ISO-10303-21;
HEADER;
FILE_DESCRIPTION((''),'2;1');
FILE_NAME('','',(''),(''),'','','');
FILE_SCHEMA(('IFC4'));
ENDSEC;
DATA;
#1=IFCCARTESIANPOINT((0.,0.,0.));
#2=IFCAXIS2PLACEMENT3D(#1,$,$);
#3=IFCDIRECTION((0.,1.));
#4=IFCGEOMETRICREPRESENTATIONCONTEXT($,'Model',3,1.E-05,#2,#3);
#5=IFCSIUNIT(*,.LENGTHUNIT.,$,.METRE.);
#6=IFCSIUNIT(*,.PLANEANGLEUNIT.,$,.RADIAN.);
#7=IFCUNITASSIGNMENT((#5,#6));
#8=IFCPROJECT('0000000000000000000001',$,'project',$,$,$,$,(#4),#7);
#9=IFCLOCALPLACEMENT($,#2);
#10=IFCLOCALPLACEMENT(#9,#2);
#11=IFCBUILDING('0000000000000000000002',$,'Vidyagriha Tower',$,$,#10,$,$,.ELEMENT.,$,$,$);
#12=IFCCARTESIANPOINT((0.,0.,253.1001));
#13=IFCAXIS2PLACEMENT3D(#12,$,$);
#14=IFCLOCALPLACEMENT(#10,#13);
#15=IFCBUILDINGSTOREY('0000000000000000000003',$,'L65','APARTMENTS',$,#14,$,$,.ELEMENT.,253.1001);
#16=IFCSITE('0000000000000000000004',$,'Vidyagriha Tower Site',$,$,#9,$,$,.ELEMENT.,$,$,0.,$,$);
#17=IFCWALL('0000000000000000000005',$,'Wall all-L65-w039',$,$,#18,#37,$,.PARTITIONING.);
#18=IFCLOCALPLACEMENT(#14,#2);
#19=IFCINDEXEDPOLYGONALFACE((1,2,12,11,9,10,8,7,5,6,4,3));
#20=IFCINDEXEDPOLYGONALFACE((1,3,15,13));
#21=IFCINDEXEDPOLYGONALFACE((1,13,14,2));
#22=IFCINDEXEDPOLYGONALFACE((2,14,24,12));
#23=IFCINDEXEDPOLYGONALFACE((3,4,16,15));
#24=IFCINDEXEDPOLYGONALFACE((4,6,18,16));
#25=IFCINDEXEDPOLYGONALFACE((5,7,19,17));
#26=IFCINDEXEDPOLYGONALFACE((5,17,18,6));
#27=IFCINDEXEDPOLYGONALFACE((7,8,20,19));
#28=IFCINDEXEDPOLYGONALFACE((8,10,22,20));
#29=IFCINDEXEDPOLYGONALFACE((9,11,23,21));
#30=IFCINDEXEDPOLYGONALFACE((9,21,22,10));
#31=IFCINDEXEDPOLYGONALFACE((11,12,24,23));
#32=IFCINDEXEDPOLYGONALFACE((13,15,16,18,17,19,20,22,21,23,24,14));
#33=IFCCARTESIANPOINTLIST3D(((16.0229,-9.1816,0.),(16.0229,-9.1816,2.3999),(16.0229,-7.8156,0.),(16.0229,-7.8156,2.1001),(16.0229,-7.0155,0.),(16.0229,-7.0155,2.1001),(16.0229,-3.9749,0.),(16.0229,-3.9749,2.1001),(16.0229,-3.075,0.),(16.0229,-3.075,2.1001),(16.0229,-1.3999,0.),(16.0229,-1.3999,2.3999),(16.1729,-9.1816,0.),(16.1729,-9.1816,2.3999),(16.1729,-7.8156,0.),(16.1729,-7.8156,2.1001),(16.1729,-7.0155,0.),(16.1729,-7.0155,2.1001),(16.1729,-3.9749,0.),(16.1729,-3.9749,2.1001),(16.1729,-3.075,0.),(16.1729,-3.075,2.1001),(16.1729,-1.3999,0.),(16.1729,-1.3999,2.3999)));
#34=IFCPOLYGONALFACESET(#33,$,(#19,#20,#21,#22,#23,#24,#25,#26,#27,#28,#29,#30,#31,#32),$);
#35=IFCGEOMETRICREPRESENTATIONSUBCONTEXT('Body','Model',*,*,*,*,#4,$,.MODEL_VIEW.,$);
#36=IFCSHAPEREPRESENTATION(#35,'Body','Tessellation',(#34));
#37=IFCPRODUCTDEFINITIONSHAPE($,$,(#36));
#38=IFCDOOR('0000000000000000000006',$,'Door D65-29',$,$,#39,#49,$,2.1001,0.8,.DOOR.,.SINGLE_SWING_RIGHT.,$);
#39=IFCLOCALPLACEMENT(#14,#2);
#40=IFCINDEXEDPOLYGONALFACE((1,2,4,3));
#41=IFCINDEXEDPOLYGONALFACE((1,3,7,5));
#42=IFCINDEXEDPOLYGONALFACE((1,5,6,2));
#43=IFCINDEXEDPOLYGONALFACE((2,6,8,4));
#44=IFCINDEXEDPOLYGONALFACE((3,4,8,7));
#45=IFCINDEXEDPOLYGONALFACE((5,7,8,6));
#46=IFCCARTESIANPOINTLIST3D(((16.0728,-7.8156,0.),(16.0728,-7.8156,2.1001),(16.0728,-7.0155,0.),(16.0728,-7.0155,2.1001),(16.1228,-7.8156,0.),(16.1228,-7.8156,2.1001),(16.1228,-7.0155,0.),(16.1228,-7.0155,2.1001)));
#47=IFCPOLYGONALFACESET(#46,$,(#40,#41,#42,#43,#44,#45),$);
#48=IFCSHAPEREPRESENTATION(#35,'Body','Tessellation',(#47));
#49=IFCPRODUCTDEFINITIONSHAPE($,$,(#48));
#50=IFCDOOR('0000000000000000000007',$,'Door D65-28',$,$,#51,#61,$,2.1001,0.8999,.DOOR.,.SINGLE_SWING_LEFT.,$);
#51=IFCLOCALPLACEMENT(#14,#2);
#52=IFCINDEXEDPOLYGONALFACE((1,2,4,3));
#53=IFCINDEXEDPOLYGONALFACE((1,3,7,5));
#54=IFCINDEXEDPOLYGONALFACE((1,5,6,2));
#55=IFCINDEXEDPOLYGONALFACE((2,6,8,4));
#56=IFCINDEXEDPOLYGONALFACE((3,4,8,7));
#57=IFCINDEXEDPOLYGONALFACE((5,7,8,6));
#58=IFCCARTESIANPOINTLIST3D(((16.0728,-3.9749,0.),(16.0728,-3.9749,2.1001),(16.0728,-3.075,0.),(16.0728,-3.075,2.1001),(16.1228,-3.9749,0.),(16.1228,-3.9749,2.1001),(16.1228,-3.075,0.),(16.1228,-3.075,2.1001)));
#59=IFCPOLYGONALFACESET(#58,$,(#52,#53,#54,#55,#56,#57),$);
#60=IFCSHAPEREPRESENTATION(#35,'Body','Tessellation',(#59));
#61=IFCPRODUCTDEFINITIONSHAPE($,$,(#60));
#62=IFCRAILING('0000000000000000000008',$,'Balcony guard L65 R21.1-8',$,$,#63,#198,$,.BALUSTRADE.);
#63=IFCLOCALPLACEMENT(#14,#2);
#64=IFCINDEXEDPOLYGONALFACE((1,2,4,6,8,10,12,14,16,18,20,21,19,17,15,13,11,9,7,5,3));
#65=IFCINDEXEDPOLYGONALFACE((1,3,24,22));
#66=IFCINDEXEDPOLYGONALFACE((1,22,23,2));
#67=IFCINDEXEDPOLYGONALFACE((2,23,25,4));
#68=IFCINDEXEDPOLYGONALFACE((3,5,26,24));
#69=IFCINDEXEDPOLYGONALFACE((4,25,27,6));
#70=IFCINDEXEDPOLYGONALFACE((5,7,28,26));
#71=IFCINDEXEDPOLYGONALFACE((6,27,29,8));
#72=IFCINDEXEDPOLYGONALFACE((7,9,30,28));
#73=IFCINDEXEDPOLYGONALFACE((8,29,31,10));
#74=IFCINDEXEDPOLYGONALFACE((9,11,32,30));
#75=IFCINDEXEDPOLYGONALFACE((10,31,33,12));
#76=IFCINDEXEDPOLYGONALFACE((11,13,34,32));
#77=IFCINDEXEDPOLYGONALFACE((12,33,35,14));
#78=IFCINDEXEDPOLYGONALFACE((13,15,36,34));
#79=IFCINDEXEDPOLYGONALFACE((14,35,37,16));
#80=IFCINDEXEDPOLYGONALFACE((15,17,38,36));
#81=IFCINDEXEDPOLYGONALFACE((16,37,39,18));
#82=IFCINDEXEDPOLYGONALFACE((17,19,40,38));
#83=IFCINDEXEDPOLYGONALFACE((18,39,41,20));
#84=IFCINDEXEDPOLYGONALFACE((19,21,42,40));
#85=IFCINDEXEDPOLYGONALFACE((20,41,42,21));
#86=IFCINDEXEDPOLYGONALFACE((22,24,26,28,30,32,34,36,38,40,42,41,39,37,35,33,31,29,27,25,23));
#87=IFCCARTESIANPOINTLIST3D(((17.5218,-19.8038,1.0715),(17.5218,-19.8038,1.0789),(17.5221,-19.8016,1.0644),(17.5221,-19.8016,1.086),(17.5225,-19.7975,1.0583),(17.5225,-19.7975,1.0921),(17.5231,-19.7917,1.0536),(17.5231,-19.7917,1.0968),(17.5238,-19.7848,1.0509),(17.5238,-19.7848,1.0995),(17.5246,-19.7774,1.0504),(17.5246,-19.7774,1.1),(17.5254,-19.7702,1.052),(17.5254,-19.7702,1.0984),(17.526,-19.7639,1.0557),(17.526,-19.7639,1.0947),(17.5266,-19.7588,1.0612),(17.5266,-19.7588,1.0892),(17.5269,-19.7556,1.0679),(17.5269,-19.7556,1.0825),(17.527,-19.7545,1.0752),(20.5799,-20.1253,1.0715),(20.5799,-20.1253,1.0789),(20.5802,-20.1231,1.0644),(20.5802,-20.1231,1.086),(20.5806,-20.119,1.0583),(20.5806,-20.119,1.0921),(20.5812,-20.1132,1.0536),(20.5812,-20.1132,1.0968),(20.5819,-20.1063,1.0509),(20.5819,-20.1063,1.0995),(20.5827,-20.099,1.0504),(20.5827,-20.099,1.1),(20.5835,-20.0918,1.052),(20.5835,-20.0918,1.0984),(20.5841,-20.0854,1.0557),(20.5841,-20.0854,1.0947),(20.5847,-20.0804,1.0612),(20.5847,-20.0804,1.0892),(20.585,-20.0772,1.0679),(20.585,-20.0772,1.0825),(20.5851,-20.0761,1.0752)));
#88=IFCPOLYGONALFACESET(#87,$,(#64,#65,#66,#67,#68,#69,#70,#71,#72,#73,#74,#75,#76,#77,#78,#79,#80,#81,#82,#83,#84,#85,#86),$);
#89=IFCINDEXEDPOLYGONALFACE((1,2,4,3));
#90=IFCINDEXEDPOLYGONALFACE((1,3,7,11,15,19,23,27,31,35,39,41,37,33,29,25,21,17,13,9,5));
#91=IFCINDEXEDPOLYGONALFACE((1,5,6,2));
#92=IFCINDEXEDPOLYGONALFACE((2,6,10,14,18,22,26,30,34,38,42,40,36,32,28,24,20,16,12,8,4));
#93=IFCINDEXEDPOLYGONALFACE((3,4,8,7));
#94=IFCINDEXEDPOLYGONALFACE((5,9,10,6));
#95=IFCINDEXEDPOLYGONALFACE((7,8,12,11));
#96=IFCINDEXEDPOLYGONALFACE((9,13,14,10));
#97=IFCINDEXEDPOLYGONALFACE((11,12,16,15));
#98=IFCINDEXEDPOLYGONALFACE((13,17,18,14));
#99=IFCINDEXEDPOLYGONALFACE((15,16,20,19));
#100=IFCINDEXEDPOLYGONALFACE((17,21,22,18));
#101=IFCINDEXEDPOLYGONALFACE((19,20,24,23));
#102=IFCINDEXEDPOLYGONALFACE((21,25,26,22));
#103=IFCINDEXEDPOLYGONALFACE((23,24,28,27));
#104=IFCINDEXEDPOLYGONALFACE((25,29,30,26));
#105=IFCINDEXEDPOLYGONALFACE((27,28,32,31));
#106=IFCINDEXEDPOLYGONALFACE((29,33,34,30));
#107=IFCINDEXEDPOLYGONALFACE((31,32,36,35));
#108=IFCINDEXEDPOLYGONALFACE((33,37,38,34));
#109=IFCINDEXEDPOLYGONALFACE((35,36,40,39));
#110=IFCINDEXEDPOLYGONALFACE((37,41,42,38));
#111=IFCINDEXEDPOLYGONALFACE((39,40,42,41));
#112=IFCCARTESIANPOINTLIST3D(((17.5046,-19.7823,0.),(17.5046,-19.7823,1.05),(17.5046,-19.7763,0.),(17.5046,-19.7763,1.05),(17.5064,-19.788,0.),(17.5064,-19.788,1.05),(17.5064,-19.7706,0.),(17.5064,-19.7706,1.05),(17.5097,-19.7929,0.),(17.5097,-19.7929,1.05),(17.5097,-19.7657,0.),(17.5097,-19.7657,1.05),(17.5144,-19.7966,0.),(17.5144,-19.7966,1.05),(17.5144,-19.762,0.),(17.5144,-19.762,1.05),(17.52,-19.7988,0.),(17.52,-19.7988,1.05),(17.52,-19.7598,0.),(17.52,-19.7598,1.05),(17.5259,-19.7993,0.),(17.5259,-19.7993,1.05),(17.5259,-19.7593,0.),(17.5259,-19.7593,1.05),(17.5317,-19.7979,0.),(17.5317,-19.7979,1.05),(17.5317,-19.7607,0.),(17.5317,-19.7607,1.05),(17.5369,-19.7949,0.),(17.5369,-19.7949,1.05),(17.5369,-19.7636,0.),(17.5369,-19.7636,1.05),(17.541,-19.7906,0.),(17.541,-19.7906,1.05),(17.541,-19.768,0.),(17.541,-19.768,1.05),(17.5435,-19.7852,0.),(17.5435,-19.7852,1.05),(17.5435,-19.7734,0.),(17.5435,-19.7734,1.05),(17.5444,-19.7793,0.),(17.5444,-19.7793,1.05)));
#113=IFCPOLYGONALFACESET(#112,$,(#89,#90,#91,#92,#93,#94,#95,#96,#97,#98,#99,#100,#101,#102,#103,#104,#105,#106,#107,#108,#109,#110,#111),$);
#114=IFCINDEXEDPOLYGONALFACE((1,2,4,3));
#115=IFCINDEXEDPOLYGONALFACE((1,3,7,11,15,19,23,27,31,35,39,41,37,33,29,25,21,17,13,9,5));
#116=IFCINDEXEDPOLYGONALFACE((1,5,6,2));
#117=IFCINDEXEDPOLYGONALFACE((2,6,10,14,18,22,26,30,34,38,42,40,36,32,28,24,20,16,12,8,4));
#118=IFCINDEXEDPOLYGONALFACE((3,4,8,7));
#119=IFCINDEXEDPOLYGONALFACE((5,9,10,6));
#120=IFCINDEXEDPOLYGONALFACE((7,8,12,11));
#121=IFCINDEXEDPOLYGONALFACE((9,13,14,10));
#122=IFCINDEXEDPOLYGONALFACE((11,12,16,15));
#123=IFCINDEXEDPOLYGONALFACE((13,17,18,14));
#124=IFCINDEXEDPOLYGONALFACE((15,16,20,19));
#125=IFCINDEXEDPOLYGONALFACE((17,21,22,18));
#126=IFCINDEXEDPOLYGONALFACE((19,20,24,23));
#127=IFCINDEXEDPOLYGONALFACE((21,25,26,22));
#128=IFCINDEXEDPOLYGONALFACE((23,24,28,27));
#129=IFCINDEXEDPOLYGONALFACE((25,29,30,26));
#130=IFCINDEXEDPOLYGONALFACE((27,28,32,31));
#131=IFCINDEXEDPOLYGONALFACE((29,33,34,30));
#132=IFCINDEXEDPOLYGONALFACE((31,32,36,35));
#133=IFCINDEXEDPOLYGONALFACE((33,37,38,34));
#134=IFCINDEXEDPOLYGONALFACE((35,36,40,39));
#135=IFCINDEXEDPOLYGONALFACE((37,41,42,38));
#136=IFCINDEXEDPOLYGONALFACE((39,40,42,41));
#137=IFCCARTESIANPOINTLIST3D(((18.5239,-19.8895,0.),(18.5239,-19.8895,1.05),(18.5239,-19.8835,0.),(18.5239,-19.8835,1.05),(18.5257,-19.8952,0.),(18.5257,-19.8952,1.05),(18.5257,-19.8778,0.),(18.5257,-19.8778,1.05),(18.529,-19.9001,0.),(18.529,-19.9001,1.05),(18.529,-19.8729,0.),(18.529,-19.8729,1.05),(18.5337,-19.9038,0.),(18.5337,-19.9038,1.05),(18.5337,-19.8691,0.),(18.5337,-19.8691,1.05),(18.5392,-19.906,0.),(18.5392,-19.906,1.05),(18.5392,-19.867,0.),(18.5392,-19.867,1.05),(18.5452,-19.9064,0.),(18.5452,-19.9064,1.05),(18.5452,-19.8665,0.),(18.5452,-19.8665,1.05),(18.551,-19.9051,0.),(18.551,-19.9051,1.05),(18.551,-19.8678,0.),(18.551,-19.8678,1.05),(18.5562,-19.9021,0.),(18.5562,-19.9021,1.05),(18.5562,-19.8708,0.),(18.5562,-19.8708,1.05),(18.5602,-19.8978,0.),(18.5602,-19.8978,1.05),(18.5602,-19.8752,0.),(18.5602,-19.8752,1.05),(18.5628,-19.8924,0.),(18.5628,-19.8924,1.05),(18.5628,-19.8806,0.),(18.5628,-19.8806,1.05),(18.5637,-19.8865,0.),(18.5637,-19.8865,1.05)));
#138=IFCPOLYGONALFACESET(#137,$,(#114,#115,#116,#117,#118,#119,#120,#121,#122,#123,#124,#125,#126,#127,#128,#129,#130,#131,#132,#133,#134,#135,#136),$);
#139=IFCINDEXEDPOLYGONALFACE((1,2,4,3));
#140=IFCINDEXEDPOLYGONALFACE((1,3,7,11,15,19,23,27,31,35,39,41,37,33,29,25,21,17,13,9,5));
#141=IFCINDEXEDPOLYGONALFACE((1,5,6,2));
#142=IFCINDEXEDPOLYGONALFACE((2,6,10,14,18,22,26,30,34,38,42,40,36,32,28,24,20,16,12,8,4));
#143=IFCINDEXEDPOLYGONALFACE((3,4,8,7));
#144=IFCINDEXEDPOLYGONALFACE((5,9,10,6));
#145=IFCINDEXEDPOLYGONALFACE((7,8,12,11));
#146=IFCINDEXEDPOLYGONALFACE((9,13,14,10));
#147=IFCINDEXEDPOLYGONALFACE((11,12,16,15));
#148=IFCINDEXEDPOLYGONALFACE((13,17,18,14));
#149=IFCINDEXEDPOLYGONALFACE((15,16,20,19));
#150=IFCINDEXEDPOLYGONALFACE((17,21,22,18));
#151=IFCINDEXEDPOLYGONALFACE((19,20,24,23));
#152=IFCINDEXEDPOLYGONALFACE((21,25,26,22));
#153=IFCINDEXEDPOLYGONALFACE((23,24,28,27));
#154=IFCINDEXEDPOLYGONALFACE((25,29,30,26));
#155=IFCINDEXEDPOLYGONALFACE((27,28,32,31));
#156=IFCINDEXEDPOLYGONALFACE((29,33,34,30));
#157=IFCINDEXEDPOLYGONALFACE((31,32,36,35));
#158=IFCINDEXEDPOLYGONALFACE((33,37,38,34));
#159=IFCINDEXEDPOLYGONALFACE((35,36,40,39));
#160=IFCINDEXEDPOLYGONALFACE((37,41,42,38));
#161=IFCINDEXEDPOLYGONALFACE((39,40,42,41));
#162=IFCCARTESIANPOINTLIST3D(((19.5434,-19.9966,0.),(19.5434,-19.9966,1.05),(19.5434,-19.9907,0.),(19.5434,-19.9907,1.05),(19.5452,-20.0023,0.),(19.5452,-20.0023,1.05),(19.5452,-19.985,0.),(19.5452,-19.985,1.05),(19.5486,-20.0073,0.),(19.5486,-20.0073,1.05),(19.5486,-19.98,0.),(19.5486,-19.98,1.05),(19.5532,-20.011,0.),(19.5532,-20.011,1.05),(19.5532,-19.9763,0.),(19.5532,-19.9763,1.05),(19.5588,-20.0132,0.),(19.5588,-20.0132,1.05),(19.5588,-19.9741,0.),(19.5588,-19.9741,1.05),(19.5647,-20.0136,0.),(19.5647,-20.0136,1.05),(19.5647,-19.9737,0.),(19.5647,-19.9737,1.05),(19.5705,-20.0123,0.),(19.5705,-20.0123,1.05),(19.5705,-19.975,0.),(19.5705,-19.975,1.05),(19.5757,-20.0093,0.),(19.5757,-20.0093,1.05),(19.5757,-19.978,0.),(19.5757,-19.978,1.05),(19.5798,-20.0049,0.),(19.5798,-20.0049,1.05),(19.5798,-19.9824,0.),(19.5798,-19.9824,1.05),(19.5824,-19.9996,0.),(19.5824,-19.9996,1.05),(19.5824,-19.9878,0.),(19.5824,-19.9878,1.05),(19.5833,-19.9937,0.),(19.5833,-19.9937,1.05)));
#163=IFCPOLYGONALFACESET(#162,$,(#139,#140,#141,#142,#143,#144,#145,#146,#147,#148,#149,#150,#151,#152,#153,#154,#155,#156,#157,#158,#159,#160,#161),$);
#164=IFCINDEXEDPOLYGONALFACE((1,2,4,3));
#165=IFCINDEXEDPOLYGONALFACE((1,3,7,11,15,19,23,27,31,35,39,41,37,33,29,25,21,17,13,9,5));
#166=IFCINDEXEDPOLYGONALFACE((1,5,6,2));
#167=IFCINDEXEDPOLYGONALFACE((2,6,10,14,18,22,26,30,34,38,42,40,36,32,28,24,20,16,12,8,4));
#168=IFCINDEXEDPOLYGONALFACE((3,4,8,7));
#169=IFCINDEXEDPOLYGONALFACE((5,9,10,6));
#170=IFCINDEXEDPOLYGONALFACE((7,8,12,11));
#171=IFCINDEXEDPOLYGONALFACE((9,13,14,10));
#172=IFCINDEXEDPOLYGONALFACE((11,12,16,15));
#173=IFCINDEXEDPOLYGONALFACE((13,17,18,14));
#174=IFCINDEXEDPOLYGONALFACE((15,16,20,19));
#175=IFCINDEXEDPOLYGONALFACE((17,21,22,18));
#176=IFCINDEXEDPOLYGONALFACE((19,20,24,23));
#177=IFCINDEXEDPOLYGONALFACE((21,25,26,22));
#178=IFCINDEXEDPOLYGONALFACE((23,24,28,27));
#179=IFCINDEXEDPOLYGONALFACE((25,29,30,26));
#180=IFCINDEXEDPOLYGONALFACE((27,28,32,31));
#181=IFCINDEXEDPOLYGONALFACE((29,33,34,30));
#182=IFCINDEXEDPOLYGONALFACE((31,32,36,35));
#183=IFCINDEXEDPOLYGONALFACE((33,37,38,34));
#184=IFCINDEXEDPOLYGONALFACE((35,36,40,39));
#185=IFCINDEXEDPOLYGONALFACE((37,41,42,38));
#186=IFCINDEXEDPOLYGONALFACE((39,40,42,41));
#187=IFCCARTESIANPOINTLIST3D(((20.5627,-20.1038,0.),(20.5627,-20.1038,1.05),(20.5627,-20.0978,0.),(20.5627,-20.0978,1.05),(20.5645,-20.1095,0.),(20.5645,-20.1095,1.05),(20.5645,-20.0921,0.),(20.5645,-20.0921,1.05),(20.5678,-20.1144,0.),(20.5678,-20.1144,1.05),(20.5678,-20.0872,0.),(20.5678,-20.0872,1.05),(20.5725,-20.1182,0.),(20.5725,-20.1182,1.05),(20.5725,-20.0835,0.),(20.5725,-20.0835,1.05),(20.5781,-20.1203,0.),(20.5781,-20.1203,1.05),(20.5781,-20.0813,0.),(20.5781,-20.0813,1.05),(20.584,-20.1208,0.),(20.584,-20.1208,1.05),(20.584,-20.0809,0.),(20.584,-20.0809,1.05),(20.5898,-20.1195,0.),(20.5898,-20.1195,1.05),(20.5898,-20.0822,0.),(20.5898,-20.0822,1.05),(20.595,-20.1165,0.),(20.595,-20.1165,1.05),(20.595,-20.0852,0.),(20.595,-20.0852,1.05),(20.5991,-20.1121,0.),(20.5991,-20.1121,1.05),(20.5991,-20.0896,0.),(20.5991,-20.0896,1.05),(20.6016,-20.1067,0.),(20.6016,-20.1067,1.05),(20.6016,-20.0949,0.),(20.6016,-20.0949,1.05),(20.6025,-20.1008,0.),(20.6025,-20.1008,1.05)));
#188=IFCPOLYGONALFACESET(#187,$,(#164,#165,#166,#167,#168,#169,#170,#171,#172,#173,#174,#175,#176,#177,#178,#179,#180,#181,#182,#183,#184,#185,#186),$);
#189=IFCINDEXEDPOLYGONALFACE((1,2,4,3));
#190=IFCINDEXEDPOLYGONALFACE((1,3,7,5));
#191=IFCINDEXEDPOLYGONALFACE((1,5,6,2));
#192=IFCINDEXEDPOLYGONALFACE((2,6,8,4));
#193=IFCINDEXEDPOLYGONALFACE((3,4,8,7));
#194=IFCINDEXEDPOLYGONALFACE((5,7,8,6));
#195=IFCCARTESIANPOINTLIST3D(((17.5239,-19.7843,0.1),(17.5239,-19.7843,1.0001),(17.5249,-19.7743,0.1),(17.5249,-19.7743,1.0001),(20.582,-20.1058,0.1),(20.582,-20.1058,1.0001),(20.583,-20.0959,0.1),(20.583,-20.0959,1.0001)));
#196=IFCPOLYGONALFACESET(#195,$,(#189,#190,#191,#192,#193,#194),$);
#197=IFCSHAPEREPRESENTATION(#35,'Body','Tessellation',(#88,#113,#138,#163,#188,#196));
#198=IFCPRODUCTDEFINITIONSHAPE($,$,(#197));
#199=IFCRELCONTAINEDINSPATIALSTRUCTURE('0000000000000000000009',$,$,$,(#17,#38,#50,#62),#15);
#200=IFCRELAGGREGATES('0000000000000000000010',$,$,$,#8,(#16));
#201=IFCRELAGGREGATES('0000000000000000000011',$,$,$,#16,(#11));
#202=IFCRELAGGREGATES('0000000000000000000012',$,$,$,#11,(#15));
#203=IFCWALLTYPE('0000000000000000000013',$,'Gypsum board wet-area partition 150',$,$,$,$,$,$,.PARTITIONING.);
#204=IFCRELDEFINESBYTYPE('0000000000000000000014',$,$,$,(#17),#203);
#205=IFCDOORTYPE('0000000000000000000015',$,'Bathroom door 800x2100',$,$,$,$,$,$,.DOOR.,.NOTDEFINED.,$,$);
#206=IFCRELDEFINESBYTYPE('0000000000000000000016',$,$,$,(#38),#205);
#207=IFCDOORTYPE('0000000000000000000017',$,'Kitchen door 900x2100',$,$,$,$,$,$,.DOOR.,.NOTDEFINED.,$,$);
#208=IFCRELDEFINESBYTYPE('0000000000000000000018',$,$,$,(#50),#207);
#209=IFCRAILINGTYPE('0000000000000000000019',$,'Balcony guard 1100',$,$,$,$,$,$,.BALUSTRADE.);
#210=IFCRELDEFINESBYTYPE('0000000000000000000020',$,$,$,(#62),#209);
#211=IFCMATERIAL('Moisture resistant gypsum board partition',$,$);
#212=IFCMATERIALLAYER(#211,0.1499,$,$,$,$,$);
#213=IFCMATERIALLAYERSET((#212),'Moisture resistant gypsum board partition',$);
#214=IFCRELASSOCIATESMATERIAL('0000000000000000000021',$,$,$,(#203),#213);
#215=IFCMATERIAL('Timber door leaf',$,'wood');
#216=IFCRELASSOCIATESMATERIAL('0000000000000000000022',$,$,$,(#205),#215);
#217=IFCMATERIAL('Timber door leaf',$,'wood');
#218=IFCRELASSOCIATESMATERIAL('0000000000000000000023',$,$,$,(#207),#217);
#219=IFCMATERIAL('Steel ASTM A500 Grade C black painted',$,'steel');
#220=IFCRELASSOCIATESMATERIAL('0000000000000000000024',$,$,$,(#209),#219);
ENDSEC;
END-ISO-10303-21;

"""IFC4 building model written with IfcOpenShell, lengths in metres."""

from ifc_helpers import new_model, si_unit, direction, frame, frame_2d, origin, origin_2d, place, context, subcontext, project, spatial, rectangle, circle, extrude, material, layer, layer_set, type_object, element, fill, save


model = new_model("IFC4")

# Units and contexts
model_context = context("Model", 3, precision=1e-05, world=origin(), true_north=direction((0.0, 1.0)))
body_context = subcontext(model_context, "Body", "Model", "MODEL_VIEW")
ifc_project = project(units=[si_unit("LENGTHUNIT", "METRE"), si_unit("PLANEANGLEUNIT", "RADIAN")], contexts=[model_context])

# Site, building, storey
site_placement = place(None, origin())
site = spatial("IfcSite", under=ifc_project, at=site_placement, Name="Vidyagriha Tower Site", CompositionType="ELEMENT", RefElevation=0.0)
building_placement = place(site_placement, origin())
building = spatial("IfcBuilding", under=site, at=building_placement, Name="Vidyagriha Tower", CompositionType="ELEMENT")
storey_placement = place(building_placement, frame((0.0, 0.0, 253.1001)))
storey = spatial("IfcBuildingStorey", under=building, at=storey_placement, Name="L65", Description="APARTMENTS", CompositionType="ELEMENT", Elevation=253.1001)

# Wall, openings, doors
ifc_material_1 = material(Name="Moisture resistant gypsum board partition")
ifc_layer_1 = layer(ifc_material_1, 0.1499)
ifc_layer_set_1 = layer_set([ifc_layer_1], Name="Moisture resistant gypsum board partition")
wall_type_1 = type_object("IfcWallType", Name="Gypsum board wet-area partition 150", PredefinedType="PARTITIONING", material=ifc_layer_set_1)
wall_1_placement = place(storey_placement, frame((16.0979, -1.3999, 0.0), z_axis=(0.0, 0.0, 1.0), x_axis=(0.0, -1.0, 0.0)))
wall_1 = element("IfcWall", 1, at=wall_1_placement, inside=storey, type_object=wall_type_1, Name="Wall all-L65-w039", PredefinedType="PARTITIONING", context=body_context, shape_type="SweptSolid", body=[
    extrude(rectangle(XDim=7.7817, YDim=0.1499, at=frame_2d((3.8909, 0.0))), origin(), (0.0, 0.0, 1.0), 2.3999),
])
opening_1_placement = place(wall_1_placement, frame((1.675, 0.0, 0.0)))
opening_1 = element("IfcOpeningElement", 2, at=opening_1_placement, cuts=wall_1, PredefinedType="OPENING", context=body_context, shape_type="SweptSolid", body=[
    extrude(rectangle(XDim=0.8999, YDim=2.1001, at=frame_2d((0.45, 1.05))), frame((0.0, 0.085, 0.0), z_axis=(0.0, -1.0, 0.0), x_axis=(1.0, 0.0, 0.0)), (0.0, 0.0, 1.0), 0.1699),
])
opening_2_placement = place(wall_1_placement, frame((5.6157, 0.0, 0.0)))
opening_2 = element("IfcOpeningElement", 3, at=opening_2_placement, cuts=wall_1, PredefinedType="OPENING", context=body_context, shape_type="SweptSolid", body=[
    extrude(rectangle(XDim=0.8, YDim=2.1001, at=frame_2d((0.3999, 1.05))), frame((0.0, 0.085, 0.0), z_axis=(0.0, -1.0, 0.0), x_axis=(1.0, 0.0, 0.0)), (0.0, 0.0, 1.0), 0.1699),
])
ifc_material_2 = material(Name="Timber door leaf", Category="wood")
door_type_1 = type_object("IfcDoorType", Name="Bathroom door 800x2100", OperationType="NOTDEFINED", PredefinedType="DOOR", material=ifc_material_2)
door_1_placement = place(opening_2_placement, origin())
door_1 = element("IfcDoor", 4, at=door_1_placement, inside=storey, type_object=door_type_1, Name="Door D65-29", OperationType="SINGLE_SWING_RIGHT", OverallHeight=2.1001, OverallWidth=0.8, PredefinedType="DOOR", context=body_context, shape_type="SweptSolid", body=[
    extrude(rectangle(XDim=0.8, YDim=2.1001, at=frame_2d((0.3999, 1.05))), frame((0.0, 0.0249, 0.0), z_axis=(0.0, -1.0, 0.0), x_axis=(1.0, 0.0, 0.0)), (0.0, 0.0, 1.0), 0.05),
])
fill(opening_2, door_1)
ifc_material_3 = material(Name="Timber door leaf", Category="wood")
door_type_2 = type_object("IfcDoorType", Name="Kitchen door 900x2100", OperationType="NOTDEFINED", PredefinedType="DOOR", material=ifc_material_3)
door_2_placement = place(opening_1_placement, origin())
door_2 = element("IfcDoor", 5, at=door_2_placement, inside=storey, type_object=door_type_2, Name="Door D65-28", OperationType="SINGLE_SWING_LEFT", OverallHeight=2.1001, OverallWidth=0.8999, PredefinedType="DOOR", context=body_context, shape_type="SweptSolid", body=[
    extrude(rectangle(XDim=0.8999, YDim=2.1001, at=frame_2d((0.45, 1.05))), frame((0.0, 0.0249, 0.0), z_axis=(0.0, -1.0, 0.0), x_axis=(1.0, 0.0, 0.0)), (0.0, 0.0, 1.0), 0.05),
])
fill(opening_1, door_2)

# Railing
ifc_material_4 = material(Name="Steel ASTM A500 Grade C black painted", Category="steel")
railing_type = type_object("IfcRailingType", Name="Balcony guard 1100", PredefinedType="BALUSTRADE", material=ifc_material_4)
railing_placement = place(storey_placement, frame((17.5244, -19.7793, 0.0)))
element("IfcRailing", 6, at=railing_placement, inside=storey, type_object=railing_type, Name="Balcony guard L65 R21.1-8", PredefinedType="BALUSTRADE", context=body_context, shape_type="SweptSolid", body=[
    extrude(circle(Radius=0.0249, at=origin_2d()), frame((0.0, 0.0, 1.0752), z_axis=(0.994518, -0.104565, 0.0), x_axis=(0.104565, 0.994518, 0.0)), (0.0, 0.0, 1.0), 3.075),
    extrude(circle(Radius=0.02, at=origin_2d()), origin(), (0.0, 0.0, 1.0), 1.05),
    extrude(circle(Radius=0.02, at=origin_2d()), frame((1.0193, -0.1072, 0.0)), (0.0, 0.0, 1.0), 1.05),
    extrude(circle(Radius=0.02, at=origin_2d()), frame((2.0388, -0.2144, 0.0)), (0.0, 0.0, 1.0), 1.05),
    extrude(circle(Radius=0.02, at=origin_2d()), frame((3.0581, -0.3215, 0.0)), (0.0, 0.0, 1.0), 1.05),
    extrude(rectangle(XDim=0.01, YDim=0.9001, at=origin_2d()), frame((0.0, 0.0, 0.55), z_axis=(0.994518, -0.104565, 0.0), x_axis=(0.104565, 0.994518, 0.0)), (0.0, 0.0, 1.0), 3.075),
])

save(model, "model.ifc")
